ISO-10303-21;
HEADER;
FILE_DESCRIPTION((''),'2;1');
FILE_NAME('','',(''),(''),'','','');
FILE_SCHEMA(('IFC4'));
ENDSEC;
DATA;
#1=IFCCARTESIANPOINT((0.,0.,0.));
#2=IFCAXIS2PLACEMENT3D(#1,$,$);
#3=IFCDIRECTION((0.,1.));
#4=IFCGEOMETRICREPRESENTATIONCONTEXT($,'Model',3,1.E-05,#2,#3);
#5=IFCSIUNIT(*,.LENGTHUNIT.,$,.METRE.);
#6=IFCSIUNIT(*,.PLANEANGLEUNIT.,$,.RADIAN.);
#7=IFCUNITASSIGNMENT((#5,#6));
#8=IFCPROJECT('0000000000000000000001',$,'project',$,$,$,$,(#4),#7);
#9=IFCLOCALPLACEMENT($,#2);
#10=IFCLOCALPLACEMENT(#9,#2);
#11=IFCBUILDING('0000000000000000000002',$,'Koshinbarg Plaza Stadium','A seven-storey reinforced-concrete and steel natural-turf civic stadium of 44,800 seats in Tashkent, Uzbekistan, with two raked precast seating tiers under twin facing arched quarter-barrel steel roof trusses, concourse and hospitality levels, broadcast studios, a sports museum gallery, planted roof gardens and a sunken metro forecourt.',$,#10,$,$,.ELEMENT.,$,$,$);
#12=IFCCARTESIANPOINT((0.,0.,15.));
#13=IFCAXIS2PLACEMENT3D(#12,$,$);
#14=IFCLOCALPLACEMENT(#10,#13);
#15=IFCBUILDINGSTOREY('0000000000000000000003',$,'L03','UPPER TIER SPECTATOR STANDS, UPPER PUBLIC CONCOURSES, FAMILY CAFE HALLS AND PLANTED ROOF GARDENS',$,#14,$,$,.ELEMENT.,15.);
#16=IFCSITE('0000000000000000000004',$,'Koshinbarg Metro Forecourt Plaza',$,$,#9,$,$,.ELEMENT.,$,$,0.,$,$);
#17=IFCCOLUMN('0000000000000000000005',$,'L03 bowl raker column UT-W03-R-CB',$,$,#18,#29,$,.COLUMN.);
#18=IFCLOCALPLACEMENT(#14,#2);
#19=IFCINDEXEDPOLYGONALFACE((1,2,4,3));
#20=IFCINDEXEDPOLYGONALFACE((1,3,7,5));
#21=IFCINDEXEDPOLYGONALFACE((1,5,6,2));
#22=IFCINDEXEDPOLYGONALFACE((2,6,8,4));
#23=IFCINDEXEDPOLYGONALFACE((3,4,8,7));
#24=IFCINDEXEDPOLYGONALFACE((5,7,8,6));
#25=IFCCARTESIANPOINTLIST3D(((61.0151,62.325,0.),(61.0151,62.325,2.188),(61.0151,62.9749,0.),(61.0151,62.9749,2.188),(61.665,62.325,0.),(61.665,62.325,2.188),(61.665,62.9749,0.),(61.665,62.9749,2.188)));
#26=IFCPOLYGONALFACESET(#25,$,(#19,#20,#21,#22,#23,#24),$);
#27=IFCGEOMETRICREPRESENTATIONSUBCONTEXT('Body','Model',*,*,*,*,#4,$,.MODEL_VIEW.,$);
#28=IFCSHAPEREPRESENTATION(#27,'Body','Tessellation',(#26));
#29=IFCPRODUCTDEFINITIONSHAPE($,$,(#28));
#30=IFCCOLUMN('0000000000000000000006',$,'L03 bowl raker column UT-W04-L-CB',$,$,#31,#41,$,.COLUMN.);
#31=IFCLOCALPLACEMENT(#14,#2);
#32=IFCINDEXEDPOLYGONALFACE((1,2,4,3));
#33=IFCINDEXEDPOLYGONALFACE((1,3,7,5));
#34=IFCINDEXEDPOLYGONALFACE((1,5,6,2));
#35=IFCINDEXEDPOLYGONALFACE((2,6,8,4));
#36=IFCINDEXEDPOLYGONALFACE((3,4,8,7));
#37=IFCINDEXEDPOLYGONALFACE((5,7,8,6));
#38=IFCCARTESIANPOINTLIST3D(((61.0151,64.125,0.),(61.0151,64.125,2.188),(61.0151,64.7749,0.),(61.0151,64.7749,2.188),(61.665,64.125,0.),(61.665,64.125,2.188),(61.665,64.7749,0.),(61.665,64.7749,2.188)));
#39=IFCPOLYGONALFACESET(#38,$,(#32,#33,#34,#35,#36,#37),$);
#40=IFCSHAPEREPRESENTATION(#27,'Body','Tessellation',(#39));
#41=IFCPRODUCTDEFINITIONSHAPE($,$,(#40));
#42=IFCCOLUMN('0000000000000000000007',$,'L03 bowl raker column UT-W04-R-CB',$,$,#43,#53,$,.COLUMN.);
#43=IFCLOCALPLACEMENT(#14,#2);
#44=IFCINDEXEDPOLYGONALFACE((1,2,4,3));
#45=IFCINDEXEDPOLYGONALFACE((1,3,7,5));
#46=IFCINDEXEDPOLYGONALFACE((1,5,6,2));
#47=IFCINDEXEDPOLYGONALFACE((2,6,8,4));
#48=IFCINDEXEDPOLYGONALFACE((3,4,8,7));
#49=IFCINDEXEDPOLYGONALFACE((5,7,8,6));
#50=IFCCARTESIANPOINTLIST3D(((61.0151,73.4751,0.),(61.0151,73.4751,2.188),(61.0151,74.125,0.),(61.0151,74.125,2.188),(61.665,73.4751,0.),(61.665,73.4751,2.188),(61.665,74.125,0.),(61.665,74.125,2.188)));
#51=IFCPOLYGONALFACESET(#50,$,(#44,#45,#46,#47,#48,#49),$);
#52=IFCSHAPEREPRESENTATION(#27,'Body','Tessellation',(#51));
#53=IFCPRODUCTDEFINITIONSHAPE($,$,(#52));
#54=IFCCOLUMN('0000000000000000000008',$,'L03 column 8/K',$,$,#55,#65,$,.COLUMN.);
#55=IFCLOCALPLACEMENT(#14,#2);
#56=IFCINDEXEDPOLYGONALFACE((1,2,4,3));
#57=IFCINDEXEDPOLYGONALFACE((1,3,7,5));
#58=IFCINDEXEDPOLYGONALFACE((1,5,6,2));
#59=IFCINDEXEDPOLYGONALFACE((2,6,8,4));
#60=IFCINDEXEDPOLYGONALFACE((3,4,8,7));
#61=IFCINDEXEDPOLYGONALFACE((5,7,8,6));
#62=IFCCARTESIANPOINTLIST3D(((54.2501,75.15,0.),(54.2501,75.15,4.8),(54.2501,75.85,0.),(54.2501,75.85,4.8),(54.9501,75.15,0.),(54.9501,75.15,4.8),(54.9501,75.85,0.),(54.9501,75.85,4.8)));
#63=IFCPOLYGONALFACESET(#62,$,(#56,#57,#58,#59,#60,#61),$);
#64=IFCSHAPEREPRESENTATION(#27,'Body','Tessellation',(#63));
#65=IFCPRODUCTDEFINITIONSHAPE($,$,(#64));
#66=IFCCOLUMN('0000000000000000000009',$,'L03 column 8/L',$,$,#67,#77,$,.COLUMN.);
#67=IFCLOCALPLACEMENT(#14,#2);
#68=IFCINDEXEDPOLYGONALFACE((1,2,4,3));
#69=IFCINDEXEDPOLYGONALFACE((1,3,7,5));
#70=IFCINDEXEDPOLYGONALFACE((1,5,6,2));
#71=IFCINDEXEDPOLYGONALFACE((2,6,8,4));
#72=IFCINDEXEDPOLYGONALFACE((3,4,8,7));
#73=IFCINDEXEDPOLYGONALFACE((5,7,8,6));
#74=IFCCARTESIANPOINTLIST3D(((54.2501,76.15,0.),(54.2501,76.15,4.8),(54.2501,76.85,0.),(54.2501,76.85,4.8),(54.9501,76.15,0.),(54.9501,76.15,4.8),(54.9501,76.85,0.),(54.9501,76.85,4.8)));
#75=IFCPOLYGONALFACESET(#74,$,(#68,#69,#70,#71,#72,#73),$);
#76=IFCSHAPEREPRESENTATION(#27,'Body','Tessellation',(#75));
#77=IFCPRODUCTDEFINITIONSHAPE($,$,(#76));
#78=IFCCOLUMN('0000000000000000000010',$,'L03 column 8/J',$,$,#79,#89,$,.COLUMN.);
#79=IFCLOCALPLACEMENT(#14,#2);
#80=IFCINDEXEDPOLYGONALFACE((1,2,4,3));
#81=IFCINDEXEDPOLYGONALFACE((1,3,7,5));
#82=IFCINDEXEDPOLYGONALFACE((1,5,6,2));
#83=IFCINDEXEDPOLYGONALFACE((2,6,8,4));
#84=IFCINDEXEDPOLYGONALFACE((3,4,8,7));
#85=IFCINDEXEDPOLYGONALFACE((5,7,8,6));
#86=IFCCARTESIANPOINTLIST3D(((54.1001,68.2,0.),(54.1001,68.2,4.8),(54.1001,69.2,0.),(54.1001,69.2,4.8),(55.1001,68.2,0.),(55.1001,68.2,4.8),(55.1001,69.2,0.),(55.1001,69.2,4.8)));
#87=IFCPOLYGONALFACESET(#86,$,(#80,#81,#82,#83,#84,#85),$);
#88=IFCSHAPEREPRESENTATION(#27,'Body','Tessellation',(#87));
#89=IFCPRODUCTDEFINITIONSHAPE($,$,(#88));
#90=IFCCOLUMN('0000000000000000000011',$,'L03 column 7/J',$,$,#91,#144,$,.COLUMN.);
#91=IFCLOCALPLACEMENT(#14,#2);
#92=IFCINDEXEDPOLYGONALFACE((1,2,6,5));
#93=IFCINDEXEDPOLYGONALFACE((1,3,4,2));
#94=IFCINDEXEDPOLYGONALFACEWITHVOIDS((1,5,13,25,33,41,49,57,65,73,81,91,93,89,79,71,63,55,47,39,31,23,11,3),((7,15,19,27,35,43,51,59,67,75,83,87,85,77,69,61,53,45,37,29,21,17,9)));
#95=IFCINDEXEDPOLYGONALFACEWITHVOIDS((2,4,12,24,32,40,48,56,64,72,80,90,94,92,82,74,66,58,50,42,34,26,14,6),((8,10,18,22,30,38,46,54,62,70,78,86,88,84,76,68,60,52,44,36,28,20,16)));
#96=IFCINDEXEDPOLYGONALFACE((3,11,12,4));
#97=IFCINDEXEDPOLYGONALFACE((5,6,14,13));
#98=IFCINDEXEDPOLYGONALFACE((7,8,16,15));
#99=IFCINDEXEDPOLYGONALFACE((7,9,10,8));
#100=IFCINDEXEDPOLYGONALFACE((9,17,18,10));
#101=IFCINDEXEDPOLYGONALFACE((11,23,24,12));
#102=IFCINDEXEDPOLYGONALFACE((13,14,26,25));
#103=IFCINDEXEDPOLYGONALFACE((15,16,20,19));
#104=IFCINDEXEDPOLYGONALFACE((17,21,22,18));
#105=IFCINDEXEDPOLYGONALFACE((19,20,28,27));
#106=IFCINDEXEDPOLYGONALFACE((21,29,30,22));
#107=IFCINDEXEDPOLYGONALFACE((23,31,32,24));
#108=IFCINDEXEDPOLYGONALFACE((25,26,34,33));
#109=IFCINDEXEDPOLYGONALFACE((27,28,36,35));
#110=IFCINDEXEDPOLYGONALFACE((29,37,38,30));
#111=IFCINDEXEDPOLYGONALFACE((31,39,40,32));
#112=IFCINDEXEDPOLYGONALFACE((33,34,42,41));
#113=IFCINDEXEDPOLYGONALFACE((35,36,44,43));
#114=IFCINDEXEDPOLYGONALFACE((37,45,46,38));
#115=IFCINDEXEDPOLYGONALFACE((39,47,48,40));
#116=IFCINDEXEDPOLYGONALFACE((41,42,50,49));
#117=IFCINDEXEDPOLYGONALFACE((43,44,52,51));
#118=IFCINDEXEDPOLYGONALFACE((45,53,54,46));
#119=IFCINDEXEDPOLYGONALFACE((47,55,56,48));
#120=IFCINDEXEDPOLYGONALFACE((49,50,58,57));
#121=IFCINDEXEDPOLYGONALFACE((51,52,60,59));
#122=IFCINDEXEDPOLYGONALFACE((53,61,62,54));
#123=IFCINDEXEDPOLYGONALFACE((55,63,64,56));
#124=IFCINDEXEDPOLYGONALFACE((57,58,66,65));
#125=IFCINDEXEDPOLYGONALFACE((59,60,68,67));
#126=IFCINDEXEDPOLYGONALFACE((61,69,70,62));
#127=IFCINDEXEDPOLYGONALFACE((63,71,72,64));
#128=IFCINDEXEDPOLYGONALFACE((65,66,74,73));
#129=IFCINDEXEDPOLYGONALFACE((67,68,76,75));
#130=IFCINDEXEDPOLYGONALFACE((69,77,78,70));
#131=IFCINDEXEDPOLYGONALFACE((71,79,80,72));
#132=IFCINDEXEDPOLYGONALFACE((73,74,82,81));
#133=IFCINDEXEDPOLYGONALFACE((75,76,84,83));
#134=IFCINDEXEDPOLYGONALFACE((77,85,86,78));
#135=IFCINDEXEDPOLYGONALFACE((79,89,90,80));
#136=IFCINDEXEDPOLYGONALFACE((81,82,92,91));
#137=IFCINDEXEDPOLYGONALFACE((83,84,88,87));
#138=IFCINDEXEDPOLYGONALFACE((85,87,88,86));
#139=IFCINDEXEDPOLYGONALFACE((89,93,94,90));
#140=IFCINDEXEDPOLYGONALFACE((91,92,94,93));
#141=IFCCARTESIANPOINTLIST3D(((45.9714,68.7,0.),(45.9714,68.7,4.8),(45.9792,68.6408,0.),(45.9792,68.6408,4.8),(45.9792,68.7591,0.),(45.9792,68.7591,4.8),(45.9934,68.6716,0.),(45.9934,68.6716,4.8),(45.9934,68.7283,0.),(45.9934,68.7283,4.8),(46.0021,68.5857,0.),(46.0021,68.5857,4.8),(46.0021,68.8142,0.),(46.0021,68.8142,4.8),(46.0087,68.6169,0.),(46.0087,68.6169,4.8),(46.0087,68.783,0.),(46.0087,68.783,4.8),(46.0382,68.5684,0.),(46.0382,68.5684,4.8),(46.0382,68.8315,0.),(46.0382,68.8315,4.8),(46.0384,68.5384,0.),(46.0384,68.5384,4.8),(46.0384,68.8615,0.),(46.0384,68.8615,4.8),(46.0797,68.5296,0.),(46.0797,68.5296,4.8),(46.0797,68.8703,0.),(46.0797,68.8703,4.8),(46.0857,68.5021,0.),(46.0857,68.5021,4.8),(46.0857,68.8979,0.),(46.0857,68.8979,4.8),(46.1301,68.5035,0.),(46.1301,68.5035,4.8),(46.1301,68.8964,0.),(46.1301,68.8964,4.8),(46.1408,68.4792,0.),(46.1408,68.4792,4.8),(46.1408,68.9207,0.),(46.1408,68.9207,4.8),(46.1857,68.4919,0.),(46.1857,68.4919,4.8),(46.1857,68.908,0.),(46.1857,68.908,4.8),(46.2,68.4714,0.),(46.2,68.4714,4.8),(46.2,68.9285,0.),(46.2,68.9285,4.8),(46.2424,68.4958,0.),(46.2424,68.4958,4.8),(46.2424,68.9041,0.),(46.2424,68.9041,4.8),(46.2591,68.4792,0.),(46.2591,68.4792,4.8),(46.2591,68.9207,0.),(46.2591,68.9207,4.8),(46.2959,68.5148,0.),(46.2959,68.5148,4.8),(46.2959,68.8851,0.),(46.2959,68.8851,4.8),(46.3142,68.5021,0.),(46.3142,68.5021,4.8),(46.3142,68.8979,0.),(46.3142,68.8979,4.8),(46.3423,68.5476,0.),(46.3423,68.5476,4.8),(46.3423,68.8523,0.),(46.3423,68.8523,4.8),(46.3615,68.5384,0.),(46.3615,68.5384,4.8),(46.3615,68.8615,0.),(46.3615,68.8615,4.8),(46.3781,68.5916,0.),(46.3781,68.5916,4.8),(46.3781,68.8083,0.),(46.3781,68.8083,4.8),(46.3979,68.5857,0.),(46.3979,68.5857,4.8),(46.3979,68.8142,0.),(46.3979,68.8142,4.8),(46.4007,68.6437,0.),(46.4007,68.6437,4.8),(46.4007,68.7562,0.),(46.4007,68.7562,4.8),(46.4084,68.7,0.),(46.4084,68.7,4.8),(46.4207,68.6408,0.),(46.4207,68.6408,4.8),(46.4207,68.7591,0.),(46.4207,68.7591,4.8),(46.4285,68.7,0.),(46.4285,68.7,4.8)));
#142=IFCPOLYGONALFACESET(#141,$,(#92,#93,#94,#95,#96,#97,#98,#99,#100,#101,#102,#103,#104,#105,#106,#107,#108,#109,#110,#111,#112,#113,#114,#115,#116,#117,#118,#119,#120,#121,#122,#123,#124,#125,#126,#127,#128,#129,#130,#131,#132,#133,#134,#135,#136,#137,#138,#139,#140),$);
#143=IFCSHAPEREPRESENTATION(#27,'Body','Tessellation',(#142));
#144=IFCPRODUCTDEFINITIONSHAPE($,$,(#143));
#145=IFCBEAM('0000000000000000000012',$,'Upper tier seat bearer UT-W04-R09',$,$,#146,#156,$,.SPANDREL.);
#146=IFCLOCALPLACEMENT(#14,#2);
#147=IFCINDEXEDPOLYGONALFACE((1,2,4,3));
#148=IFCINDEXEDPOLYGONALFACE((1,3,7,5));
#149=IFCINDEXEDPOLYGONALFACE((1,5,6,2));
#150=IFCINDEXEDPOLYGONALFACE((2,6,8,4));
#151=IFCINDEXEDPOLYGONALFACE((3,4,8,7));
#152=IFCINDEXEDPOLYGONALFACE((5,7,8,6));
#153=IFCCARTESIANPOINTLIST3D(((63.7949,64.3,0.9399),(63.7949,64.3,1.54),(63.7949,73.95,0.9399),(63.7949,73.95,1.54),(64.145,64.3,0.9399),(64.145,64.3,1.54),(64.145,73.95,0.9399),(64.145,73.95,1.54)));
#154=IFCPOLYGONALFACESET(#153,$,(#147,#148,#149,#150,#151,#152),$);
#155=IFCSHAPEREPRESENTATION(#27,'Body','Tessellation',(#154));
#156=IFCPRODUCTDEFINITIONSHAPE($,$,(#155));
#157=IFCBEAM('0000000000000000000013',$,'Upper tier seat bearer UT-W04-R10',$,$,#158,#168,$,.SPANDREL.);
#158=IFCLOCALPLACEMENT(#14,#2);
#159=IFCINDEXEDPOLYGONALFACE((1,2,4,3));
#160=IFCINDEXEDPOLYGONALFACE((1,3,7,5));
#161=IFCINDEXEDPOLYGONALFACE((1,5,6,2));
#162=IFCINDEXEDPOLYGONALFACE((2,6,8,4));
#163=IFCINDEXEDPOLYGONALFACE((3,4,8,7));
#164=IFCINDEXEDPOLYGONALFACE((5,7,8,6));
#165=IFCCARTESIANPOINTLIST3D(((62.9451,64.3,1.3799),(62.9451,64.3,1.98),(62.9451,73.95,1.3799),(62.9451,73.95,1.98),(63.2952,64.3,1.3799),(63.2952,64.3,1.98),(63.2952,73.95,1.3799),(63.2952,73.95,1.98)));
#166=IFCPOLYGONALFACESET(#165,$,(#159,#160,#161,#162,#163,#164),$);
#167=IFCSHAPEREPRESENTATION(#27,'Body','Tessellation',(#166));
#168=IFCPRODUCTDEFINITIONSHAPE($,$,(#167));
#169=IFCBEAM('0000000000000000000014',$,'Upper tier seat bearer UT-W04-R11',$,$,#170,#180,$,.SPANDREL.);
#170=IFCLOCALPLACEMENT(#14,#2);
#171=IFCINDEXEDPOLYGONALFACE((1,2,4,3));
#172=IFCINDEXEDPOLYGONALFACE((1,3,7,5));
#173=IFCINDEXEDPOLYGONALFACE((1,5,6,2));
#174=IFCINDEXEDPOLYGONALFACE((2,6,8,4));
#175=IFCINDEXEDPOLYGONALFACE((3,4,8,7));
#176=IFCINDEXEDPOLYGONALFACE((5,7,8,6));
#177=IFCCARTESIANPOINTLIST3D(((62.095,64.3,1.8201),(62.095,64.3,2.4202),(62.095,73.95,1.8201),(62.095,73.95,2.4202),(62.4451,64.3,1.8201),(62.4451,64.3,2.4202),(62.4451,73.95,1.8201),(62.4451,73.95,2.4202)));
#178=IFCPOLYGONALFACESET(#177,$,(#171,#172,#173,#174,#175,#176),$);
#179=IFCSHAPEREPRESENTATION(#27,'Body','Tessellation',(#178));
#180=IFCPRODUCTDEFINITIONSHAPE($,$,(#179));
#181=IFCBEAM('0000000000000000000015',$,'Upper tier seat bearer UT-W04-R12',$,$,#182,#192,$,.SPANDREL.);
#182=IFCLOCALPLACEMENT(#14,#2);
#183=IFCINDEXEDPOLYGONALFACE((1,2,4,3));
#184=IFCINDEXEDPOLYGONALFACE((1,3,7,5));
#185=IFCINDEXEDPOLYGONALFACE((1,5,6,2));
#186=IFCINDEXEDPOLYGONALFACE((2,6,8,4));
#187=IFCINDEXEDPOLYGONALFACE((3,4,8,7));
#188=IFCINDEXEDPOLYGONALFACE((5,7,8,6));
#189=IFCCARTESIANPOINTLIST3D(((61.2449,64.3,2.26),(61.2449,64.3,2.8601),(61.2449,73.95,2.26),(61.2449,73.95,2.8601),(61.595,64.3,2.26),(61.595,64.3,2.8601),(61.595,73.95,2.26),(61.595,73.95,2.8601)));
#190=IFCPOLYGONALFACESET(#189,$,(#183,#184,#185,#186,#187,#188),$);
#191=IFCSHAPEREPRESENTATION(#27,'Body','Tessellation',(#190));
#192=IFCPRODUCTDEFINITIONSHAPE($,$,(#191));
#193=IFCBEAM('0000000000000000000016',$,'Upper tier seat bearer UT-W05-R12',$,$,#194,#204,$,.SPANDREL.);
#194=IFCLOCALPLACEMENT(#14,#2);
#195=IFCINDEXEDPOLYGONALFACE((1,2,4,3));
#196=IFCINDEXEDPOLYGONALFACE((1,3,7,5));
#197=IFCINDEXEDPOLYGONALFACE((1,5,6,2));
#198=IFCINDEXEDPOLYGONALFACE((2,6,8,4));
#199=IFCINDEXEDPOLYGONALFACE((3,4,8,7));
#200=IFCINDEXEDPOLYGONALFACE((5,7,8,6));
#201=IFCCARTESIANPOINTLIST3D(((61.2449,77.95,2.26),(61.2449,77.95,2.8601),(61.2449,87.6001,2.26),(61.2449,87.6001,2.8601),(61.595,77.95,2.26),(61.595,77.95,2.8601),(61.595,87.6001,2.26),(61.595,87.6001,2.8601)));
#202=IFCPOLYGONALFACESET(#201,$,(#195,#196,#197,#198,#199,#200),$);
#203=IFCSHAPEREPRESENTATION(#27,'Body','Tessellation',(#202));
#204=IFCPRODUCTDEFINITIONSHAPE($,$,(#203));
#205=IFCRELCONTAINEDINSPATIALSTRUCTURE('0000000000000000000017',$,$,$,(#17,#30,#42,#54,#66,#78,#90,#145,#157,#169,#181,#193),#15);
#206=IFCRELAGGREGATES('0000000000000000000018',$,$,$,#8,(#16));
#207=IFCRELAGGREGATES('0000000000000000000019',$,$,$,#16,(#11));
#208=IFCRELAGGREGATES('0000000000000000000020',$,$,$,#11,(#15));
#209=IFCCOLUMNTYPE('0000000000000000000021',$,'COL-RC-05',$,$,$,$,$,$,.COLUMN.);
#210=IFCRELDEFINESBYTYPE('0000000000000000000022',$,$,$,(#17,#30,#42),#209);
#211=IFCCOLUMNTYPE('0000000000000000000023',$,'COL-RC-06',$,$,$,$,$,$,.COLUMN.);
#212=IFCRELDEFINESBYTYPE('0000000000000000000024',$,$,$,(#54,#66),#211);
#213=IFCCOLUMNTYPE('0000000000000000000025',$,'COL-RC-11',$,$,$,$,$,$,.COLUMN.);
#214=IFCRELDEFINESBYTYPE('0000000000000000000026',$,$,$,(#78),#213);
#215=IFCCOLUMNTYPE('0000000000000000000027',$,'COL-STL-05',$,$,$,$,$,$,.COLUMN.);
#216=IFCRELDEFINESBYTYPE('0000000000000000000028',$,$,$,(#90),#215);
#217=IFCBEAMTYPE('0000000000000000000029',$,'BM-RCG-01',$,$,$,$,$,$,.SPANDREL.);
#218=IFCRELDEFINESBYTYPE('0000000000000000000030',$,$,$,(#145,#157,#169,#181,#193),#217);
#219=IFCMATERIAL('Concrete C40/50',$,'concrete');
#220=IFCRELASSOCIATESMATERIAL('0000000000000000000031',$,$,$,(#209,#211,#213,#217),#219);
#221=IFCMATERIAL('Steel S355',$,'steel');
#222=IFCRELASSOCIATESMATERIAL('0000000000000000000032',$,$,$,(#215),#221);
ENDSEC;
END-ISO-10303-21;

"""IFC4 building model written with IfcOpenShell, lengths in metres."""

from ifc_helpers import new_model, si_unit, direction, frame, origin, origin_2d, place, context, subcontext, project, spatial, rectangle, hollow_circle, extrude, material, material_profile, profile_set, type_object, element, save


model = new_model("IFC4")

# Units and contexts
model_context = context("Model", 3, precision=1e-05, world=origin(), true_north=direction((0.0, 1.0)))
body_context = subcontext(model_context, "Body", "Model", "MODEL_VIEW")
ifc_project = project(units=[si_unit("LENGTHUNIT", "METRE"), si_unit("PLANEANGLEUNIT", "RADIAN")], contexts=[model_context])

# Site, building, storey
site_placement = place(None, origin())
site = spatial("IfcSite", under=ifc_project, at=site_placement, Name="Koshinbarg Metro Forecourt Plaza", CompositionType="ELEMENT", RefElevation=0.0)
building_placement = place(site_placement, origin())
building = spatial("IfcBuilding", under=site, at=building_placement, Name="Koshinbarg Plaza Stadium", Description="A seven-storey reinforced-concrete and steel natural-turf civic stadium of 44,800 seats in Tashkent, Uzbekistan, with two raked precast seating tiers under twin facing arched quarter-barrel steel roof trusses, concourse and hospitality levels, broadcast studios, a sports museum gallery, planted roof gardens and a sunken metro forecourt.", CompositionType="ELEMENT")
storey_placement = place(building_placement, frame((0.0, 0.0, 15.0)))
storey = spatial("IfcBuildingStorey", under=building, at=storey_placement, Name="L03", Description="UPPER TIER SPECTATOR STANDS, UPPER PUBLIC CONCOURSES, FAMILY CAFE HALLS AND PLANTED ROOF GARDENS", CompositionType="ELEMENT", Elevation=15.0)

# Columns
ifc_material_1 = material(Name="Concrete C40/50", Category="concrete")
ifc_material_profile_1 = material_profile(ifc_material_1, rectangle(XDim=0.6499, YDim=0.6499, at=origin_2d()), Name="RC 650x650")
ifc_profile_set_1 = profile_set([ifc_material_profile_1], Name="Concrete C40/50")
column_type_1 = type_object("IfcColumnType", Name="COL-RC-05", PredefinedType="COLUMN", material=ifc_profile_set_1)
for number, where, z_axis, x_axis, name in (
    (1, (61.3401, 62.6499, 0.0), (0.0, 0.0, 1.0), (1.0, 0.0, 0.0), "L03 bowl raker column UT-W03-R-CB"),
    (2, (61.3401, 64.45, 0.0), (0.0, 0.0, 1.0), (1.0, 0.0, 0.0), "L03 bowl raker column UT-W04-L-CB"),
    (3, (61.3401, 73.8, 0.0), (0.0, 0.0, 1.0), (1.0, 0.0, 0.0), "L03 bowl raker column UT-W04-R-CB"),
):
    element("IfcColumn", number, at=place(storey_placement, frame(where, z_axis=z_axis, x_axis=x_axis)), inside=storey, type_object=column_type_1, Name=name, PredefinedType="COLUMN", context=body_context, shape_type="SweptSolid", body=[
        extrude(rectangle(XDim=0.6499, YDim=0.6499, at=origin_2d()), origin(), (0.0, 0.0, 1.0), 2.188),
    ])
ifc_material_profile_2 = material_profile(ifc_material_1, rectangle(XDim=0.7, YDim=0.7, at=origin_2d()), Name="RC 700x700")
ifc_profile_set_2 = profile_set([ifc_material_profile_2], Name="Concrete C40/50")
column_type_2 = type_object("IfcColumnType", Name="COL-RC-06", PredefinedType="COLUMN", material=ifc_profile_set_2)
for number, where, z_axis, x_axis, name in (
    (4, (54.6001, 75.5, 0.0), (0.0, 0.0, 1.0), (1.0, 0.0, 0.0), "L03 column 8/K"),
    (5, (54.6001, 76.5, 0.0), (0.0, 0.0, 1.0), (1.0, 0.0, 0.0), "L03 column 8/L"),
):
    element("IfcColumn", number, at=place(storey_placement, frame(where, z_axis=z_axis, x_axis=x_axis)), inside=storey, type_object=column_type_2, Name=name, PredefinedType="COLUMN", context=body_context, shape_type="SweptSolid", body=[
        extrude(rectangle(XDim=0.7, YDim=0.7, at=origin_2d()), origin(), (0.0, 0.0, 1.0), 4.8),
    ])
ifc_material_profile_3 = material_profile(ifc_material_1, rectangle(XDim=1.0, YDim=1.0, at=origin_2d()), Name="RC 1000x1000")
ifc_profile_set_3 = profile_set([ifc_material_profile_3], Name="Concrete C40/50")
column_type_3 = type_object("IfcColumnType", Name="COL-RC-11", PredefinedType="COLUMN", material=ifc_profile_set_3)
column_1_placement = place(storey_placement, frame((54.6001, 68.7, 0.0), z_axis=(0.0, 0.0, 1.0), x_axis=(1.0, 0.0, 0.0)))
element("IfcColumn", 6, at=column_1_placement, inside=storey, type_object=column_type_3, Name="L03 column 8/J", PredefinedType="COLUMN", context=body_context, shape_type="SweptSolid", body=[
    extrude(rectangle(XDim=1.0, YDim=1.0, at=origin_2d()), origin(), (0.0, 0.0, 1.0), 4.8),
])
ifc_material_2 = material(Name="Steel S355", Category="steel")
ifc_material_profile_4 = material_profile(ifc_material_2, hollow_circle(Radius=0.2285, WallThickness=0.02, at=origin_2d()), Name="CHS 457x20")
ifc_profile_set_4 = profile_set([ifc_material_profile_4], Name="Steel S355")
column_type_4 = type_object("IfcColumnType", Name="COL-STL-05", PredefinedType="COLUMN", material=ifc_profile_set_4)
column_2_placement = place(storey_placement, frame((46.2, 68.7, 0.0), z_axis=(0.0, 0.0, 1.0), x_axis=(1.0, 0.0, 0.0)))
element("IfcColumn", 7, at=column_2_placement, inside=storey, type_object=column_type_4, Name="L03 column 7/J", PredefinedType="COLUMN", context=body_context, shape_type="SweptSolid", body=[
    extrude(hollow_circle(Radius=0.2285, WallThickness=0.02, at=origin_2d()), origin(), (0.0, 0.0, 1.0), 4.8),
])

# Beams
ifc_material_profile_5 = material_profile(ifc_material_1, rectangle(XDim=0.3501, YDim=0.6001, at=origin_2d()), Name="RC 350x600")
ifc_profile_set_5 = profile_set([ifc_material_profile_5], Name="Concrete C40/50")
beam_type_1 = type_object("IfcBeamType", Name="BM-RCG-01", PredefinedType="SPANDREL", material=ifc_profile_set_5)
for number, where, z_axis, x_axis, name in (
    (8, (63.97, 64.3, 1.24), (0.0, 1.0, 0.0), (-1.0, 0.0, 0.0), "Upper tier seat bearer UT-W04-R09"),
    (9, (63.1201, 64.3, 1.6799), (0.0, 1.0, 0.0), (-1.0, 0.0, 0.0), "Upper tier seat bearer UT-W04-R10"),
    (10, (62.27, 64.3, 2.1201), (0.0, 1.0, 0.0), (-1.0, 0.0, 0.0), "Upper tier seat bearer UT-W04-R11"),
    (11, (61.4199, 64.3, 2.5601), (0.0, 1.0, 0.0), (-1.0, 0.0, 0.0), "Upper tier seat bearer UT-W04-R12"),
):
    element("IfcBeam", number, at=place(storey_placement, frame(where, z_axis=z_axis, x_axis=x_axis)), inside=storey, type_object=beam_type_1, Name=name, PredefinedType="SPANDREL", context=body_context, shape_type="SweptSolid", body=[
        extrude(rectangle(XDim=0.3501, YDim=0.6001, at=origin_2d()), origin(), (0.0, 0.0, 1.0), 9.6499),
    ])
beam_1_placement = place(storey_placement, frame((61.4199, 77.95, 2.5601), z_axis=(0.0, 1.0, 0.0), x_axis=(-1.0, 0.0, 0.0)))
element("IfcBeam", 12, at=beam_1_placement, inside=storey, type_object=beam_type_1, Name="Upper tier seat bearer UT-W05-R12", PredefinedType="SPANDREL", context=body_context, shape_type="SweptSolid", body=[
    extrude(rectangle(XDim=0.3501, YDim=0.6001, at=origin_2d()), origin(), (0.0, 0.0, 1.0), 9.6501),
])

save(model, "model.ifc")
